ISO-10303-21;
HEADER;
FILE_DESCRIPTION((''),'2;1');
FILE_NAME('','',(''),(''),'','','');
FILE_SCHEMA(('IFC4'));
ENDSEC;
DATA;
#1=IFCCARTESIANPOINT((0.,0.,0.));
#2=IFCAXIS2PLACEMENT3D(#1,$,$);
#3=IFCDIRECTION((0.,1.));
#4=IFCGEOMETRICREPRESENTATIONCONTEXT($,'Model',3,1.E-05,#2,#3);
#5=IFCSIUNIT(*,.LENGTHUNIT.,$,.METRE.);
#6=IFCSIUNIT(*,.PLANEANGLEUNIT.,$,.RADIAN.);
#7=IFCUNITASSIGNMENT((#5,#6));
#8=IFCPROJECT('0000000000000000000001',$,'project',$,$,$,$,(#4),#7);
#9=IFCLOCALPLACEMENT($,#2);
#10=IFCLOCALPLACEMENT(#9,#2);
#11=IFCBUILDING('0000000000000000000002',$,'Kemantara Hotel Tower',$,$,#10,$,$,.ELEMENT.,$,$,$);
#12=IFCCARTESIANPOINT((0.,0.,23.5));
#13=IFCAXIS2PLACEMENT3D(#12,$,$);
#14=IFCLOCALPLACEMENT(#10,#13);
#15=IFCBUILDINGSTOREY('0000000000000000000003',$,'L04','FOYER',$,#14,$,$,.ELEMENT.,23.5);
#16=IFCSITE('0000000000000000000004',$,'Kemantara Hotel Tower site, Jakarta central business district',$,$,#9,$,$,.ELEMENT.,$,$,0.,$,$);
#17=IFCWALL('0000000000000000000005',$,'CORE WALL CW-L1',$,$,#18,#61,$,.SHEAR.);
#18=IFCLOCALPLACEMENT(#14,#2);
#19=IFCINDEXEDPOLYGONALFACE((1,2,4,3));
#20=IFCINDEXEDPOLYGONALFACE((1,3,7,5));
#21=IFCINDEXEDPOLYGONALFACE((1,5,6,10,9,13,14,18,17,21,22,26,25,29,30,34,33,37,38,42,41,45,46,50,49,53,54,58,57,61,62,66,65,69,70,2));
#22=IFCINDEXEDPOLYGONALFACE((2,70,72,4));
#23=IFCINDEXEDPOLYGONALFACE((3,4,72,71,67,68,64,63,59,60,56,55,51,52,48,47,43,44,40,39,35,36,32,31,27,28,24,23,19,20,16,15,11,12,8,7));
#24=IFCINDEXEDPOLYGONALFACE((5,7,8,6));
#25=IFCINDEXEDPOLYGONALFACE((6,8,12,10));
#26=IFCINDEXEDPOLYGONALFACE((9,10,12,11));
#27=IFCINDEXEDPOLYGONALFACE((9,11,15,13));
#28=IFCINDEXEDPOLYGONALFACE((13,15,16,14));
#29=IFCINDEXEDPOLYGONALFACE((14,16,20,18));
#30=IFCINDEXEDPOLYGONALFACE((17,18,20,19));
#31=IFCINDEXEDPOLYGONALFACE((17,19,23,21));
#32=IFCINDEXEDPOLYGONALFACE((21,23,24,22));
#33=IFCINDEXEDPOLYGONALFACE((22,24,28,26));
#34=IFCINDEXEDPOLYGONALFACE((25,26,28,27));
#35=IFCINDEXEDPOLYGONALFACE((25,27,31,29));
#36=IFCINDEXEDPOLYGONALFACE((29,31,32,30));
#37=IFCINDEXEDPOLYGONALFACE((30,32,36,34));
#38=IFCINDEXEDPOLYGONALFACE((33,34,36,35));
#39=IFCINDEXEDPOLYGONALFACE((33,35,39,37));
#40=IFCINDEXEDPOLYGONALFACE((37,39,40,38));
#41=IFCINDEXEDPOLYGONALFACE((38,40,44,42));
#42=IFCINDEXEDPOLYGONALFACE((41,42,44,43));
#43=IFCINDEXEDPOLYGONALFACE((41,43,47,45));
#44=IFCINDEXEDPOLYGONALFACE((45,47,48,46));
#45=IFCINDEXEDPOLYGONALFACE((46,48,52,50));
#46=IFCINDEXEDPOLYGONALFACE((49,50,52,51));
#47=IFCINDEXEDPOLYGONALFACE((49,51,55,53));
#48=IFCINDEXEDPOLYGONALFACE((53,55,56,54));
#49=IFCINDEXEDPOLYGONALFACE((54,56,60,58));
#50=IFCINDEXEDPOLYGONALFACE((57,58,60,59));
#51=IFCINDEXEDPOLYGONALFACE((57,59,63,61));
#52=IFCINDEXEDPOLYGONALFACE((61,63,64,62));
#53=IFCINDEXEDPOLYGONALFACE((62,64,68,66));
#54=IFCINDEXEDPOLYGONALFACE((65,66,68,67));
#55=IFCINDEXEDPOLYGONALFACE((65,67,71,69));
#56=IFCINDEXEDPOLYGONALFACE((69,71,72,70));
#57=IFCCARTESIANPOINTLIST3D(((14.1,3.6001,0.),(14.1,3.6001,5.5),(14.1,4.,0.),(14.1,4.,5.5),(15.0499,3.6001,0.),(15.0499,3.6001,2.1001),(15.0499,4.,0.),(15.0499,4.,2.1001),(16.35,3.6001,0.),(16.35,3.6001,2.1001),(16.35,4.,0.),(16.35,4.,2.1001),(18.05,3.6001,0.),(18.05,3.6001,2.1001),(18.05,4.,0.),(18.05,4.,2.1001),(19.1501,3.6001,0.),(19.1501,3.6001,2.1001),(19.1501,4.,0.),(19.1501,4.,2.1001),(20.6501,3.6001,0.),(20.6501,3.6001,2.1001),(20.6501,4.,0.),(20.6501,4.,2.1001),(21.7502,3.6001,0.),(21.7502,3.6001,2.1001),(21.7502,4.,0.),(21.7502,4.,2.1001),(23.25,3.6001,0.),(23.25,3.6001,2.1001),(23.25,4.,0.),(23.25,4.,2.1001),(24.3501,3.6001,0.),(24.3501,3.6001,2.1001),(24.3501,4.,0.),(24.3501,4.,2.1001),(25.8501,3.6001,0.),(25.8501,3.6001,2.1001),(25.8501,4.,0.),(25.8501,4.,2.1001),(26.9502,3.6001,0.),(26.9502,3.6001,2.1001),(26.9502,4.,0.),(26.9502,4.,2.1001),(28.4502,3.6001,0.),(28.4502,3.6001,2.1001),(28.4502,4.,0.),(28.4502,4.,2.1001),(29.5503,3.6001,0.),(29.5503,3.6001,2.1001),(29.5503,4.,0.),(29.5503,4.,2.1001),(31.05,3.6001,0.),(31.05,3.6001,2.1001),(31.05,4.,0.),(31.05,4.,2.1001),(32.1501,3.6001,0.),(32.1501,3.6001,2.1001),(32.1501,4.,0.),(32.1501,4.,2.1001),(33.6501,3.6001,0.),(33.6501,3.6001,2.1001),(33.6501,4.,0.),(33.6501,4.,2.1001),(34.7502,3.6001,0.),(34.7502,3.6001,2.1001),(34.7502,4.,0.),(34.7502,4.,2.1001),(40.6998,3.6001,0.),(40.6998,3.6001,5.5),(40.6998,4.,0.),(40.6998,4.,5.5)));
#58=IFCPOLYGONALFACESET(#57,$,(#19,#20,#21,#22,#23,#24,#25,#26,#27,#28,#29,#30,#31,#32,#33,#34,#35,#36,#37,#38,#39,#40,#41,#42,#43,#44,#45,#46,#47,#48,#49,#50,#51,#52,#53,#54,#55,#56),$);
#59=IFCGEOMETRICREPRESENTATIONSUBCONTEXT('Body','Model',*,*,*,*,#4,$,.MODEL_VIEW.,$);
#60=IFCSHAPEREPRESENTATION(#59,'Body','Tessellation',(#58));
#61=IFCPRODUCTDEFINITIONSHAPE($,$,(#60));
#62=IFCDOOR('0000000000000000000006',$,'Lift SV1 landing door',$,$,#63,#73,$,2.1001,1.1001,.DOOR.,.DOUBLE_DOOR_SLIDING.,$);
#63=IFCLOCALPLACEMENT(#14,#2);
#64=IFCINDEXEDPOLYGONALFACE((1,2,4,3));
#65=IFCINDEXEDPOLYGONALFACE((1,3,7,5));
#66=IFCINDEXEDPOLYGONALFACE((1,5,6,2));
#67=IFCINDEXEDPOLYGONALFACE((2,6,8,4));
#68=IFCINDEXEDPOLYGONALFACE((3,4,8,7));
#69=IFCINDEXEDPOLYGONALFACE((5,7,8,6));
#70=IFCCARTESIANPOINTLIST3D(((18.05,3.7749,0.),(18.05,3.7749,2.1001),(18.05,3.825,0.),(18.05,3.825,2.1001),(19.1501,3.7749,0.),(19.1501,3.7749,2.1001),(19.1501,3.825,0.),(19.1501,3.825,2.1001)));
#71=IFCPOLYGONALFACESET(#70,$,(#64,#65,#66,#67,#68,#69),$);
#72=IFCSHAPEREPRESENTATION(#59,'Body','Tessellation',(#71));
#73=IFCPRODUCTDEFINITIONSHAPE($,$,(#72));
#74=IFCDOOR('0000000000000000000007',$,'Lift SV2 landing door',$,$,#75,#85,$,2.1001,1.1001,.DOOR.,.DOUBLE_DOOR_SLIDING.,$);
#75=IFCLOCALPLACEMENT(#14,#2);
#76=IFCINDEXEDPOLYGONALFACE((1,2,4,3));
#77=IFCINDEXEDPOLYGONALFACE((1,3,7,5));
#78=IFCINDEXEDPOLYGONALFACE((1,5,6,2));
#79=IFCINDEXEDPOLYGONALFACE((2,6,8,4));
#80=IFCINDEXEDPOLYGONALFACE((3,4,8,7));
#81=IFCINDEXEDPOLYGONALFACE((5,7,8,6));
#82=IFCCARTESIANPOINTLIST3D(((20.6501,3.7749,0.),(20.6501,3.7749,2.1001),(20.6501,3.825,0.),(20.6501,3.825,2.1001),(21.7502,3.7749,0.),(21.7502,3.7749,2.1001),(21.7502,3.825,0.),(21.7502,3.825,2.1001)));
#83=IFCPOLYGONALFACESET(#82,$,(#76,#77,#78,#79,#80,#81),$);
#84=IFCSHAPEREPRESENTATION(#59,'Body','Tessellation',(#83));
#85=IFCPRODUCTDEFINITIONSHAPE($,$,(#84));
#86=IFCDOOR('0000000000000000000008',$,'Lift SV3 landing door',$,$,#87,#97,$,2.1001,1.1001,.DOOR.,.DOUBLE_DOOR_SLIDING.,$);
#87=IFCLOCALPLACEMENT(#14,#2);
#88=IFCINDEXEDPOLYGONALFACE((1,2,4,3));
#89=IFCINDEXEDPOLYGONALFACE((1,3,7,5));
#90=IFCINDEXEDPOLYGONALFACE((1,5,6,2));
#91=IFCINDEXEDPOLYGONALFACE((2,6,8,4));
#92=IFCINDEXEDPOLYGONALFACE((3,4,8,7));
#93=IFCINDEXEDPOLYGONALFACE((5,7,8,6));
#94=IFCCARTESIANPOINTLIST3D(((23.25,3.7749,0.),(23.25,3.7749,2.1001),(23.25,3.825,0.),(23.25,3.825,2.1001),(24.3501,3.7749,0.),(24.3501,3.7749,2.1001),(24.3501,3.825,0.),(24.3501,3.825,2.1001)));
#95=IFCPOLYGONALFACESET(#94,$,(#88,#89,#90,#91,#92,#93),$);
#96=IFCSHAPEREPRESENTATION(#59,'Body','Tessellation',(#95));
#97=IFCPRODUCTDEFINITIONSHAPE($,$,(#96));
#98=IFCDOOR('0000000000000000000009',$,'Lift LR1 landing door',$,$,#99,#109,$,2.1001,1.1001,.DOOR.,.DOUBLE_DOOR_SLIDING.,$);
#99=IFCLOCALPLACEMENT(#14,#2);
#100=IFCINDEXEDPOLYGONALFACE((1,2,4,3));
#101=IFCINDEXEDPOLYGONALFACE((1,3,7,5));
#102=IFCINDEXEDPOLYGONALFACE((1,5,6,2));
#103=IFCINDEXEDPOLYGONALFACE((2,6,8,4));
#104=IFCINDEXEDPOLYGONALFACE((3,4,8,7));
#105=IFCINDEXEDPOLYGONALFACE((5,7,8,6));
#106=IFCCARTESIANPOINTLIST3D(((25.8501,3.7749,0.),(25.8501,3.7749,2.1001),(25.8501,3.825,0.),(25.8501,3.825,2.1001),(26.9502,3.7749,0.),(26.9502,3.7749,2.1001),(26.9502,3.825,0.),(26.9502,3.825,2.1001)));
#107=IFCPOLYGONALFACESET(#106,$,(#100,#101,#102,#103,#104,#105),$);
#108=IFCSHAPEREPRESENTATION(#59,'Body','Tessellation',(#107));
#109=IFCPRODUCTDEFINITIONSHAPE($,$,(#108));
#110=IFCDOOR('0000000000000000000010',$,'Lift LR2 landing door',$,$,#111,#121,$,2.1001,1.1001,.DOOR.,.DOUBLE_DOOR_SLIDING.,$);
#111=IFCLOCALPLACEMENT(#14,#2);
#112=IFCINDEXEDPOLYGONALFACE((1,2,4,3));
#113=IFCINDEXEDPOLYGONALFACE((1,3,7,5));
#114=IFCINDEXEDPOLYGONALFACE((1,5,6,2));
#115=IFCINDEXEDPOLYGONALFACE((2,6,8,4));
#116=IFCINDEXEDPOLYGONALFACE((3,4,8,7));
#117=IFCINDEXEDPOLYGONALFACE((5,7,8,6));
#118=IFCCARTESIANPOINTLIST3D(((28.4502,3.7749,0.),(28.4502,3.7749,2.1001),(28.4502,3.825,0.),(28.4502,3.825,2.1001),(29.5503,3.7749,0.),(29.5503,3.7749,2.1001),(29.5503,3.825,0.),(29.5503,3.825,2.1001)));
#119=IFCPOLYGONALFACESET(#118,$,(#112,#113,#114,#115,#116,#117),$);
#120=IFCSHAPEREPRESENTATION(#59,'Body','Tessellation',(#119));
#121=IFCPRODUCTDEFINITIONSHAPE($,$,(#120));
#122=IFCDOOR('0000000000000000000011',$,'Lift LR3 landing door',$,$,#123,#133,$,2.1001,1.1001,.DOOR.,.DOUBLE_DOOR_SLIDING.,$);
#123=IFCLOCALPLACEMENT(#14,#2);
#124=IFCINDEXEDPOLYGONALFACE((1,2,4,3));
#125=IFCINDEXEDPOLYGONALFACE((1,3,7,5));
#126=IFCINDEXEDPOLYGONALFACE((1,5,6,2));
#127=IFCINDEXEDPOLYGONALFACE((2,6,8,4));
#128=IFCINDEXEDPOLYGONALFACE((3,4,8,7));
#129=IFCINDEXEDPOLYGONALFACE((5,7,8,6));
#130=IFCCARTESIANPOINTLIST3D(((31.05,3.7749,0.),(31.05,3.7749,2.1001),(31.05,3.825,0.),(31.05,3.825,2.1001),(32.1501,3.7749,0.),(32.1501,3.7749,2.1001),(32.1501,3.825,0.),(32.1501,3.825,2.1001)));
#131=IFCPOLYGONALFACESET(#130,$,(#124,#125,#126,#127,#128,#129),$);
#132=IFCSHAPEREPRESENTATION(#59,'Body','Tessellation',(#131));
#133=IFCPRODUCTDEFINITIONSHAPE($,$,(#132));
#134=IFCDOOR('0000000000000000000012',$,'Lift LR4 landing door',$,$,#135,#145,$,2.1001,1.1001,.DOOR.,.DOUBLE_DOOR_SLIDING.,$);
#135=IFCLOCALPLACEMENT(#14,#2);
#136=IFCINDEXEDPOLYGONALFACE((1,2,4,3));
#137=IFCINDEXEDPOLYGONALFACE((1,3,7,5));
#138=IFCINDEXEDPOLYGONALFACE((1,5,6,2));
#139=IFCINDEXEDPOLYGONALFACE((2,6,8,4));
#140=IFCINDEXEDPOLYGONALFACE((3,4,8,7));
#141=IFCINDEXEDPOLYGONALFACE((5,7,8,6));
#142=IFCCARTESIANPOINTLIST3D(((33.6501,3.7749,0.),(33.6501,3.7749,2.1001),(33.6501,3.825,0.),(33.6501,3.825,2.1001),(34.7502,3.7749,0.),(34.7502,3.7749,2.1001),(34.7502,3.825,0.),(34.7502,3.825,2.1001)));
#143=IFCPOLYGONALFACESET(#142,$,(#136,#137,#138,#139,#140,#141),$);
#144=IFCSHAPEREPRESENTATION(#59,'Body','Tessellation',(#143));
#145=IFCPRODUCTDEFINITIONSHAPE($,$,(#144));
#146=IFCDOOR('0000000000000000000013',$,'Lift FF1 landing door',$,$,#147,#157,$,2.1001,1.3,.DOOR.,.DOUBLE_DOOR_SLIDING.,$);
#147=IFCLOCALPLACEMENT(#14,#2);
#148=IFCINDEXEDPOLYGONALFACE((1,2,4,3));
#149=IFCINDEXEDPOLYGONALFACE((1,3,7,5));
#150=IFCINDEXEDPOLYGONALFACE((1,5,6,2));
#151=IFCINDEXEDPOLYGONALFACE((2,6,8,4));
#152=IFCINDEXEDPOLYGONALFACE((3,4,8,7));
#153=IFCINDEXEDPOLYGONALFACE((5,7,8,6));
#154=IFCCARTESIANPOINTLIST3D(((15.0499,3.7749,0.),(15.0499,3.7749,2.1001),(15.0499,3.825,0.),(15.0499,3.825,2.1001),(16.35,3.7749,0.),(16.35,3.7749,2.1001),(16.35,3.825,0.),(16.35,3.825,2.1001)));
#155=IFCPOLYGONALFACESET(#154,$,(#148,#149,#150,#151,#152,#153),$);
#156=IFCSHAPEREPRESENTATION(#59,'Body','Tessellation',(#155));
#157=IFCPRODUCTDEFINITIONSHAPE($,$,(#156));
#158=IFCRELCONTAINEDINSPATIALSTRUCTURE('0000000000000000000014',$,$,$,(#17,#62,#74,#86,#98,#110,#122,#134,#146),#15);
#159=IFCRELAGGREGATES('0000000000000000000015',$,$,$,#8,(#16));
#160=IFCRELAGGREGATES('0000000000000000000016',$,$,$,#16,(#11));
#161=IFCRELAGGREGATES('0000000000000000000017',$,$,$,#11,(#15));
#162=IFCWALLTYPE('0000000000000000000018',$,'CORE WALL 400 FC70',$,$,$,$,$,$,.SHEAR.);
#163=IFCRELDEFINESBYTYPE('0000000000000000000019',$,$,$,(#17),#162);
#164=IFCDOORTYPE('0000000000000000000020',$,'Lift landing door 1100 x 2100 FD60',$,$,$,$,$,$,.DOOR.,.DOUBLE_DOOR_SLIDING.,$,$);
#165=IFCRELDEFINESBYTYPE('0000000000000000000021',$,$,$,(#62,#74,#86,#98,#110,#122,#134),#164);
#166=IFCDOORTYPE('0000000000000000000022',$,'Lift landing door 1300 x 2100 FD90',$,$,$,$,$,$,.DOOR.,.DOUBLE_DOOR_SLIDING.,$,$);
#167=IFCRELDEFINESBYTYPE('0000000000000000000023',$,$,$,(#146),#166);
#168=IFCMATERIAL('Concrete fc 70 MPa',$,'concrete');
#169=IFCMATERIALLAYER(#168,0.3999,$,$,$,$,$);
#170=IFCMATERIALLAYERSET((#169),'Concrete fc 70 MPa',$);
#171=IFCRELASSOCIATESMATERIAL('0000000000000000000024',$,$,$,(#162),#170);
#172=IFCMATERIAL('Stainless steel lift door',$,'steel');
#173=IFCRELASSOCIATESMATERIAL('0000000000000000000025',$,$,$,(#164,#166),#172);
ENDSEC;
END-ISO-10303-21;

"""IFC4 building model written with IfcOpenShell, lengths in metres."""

from ifc_helpers import new_model, si_unit, direction, frame, frame_2d, origin, place, context, subcontext, project, spatial, rectangle, extrude, material, layer, layer_set, type_object, element, fill, save


model = new_model("IFC4")

# Units and contexts
model_context = context("Model", 3, precision=1e-05, world=origin(), true_north=direction((0.0, 1.0)))
body_context = subcontext(model_context, "Body", "Model", "MODEL_VIEW")
ifc_project = project(units=[si_unit("LENGTHUNIT", "METRE"), si_unit("PLANEANGLEUNIT", "RADIAN")], contexts=[model_context])

# Site, building, storey
site_placement = place(None, origin())
site = spatial("IfcSite", under=ifc_project, at=site_placement, Name="Kemantara Hotel Tower site, Jakarta central business district", CompositionType="ELEMENT", RefElevation=0.0)
building_placement = place(site_placement, origin())
building = spatial("IfcBuilding", under=site, at=building_placement, Name="Kemantara Hotel Tower", CompositionType="ELEMENT")
storey_placement = place(building_placement, frame((0.0, 0.0, 23.5)))
storey = spatial("IfcBuildingStorey", under=building, at=storey_placement, Name="L04", Description="FOYER", CompositionType="ELEMENT", Elevation=23.5)

# Shared definitions
ifc_material_1 = material(Name="Concrete fc 70 MPa", Category="concrete")

# Wall, openings, doors
ifc_layer_1 = layer(ifc_material_1, 0.3999)
ifc_layer_set_1 = layer_set([ifc_layer_1], Name="Concrete fc 70 MPa")
wall_type_1 = type_object("IfcWallType", Name="CORE WALL 400 FC70", PredefinedType="SHEAR", material=ifc_layer_set_1)
wall_1_placement = place(storey_placement, frame((14.1001, 3.8, 0.0), z_axis=(0.0, 0.0, 1.0), x_axis=(1.0, 0.0, 0.0)))
wall_1 = element("IfcWall", 1, at=wall_1_placement, inside=storey, type_object=wall_type_1, Name="CORE WALL CW-L1", PredefinedType="SHEAR", context=body_context, shape_type="SweptSolid", body=[
    extrude(rectangle(XDim=26.5999, YDim=0.3999, at=frame_2d((13.2998, 0.0))), origin(), (0.0, 0.0, 1.0), 5.5),
])
opening_1_placement = place(wall_1_placement, frame((0.95, 0.0, 0.0)))
opening_1 = element("IfcOpeningElement", 2, at=opening_1_placement, cuts=wall_1, PredefinedType="OPENING", context=body_context, shape_type="SweptSolid", body=[
    extrude(rectangle(XDim=1.3, YDim=2.1001, at=frame_2d((0.6499, 1.05))), frame((0.0, 0.21, 0.0), z_axis=(0.0, -1.0, 0.0), x_axis=(1.0, 0.0, 0.0)), (0.0, 0.0, 1.0), 0.4199),
])
opening_2_placement = place(wall_1_placement, frame((3.95, 0.0, 0.0)))
opening_2 = element("IfcOpeningElement", 3, at=opening_2_placement, cuts=wall_1, PredefinedType="OPENING", context=body_context, shape_type="SweptSolid", body=[
    extrude(rectangle(XDim=1.1001, YDim=2.1001, at=frame_2d((0.55, 1.05))), frame((0.0, 0.21, 0.0), z_axis=(0.0, -1.0, 0.0), x_axis=(1.0, 0.0, 0.0)), (0.0, 0.0, 1.0), 0.4199),
])
opening_3_placement = place(wall_1_placement, frame((6.55, 0.0, 0.0)))
opening_3 = element("IfcOpeningElement", 4, at=opening_3_placement, cuts=wall_1, PredefinedType="OPENING", context=body_context, shape_type="SweptSolid", body=[
    extrude(rectangle(XDim=1.1001, YDim=2.1001, at=frame_2d((0.55, 1.05))), frame((0.0, 0.21, 0.0), z_axis=(0.0, -1.0, 0.0), x_axis=(1.0, 0.0, 0.0)), (0.0, 0.0, 1.0), 0.4199),
])
opening_4_placement = place(wall_1_placement, frame((9.1499, 0.0, 0.0)))
opening_4 = element("IfcOpeningElement", 5, at=opening_4_placement, cuts=wall_1, PredefinedType="OPENING", context=body_context, shape_type="SweptSolid", body=[
    extrude(rectangle(XDim=1.1001, YDim=2.1001, at=frame_2d((0.55, 1.05))), frame((0.0, 0.21, 0.0), z_axis=(0.0, -1.0, 0.0), x_axis=(1.0, 0.0, 0.0)), (0.0, 0.0, 1.0), 0.4199),
])
opening_5_placement = place(wall_1_placement, frame((11.75, 0.0, 0.0)))
opening_5 = element("IfcOpeningElement", 6, at=opening_5_placement, cuts=wall_1, PredefinedType="OPENING", context=body_context, shape_type="SweptSolid", body=[
    extrude(rectangle(XDim=1.1001, YDim=2.1001, at=frame_2d((0.55, 1.05))), frame((0.0, 0.21, 0.0), z_axis=(0.0, -1.0, 0.0), x_axis=(1.0, 0.0, 0.0)), (0.0, 0.0, 1.0), 0.4199),
])
opening_6_placement = place(wall_1_placement, frame((14.3501, 0.0, 0.0)))
opening_6 = element("IfcOpeningElement", 7, at=opening_6_placement, cuts=wall_1, PredefinedType="OPENING", context=body_context, shape_type="SweptSolid", body=[
    extrude(rectangle(XDim=1.1001, YDim=2.1001, at=frame_2d((0.55, 1.05))), frame((0.0, 0.21, 0.0), z_axis=(0.0, -1.0, 0.0), x_axis=(1.0, 0.0, 0.0)), (0.0, 0.0, 1.0), 0.4199),
])
opening_7_placement = place(wall_1_placement, frame((16.95, 0.0, 0.0)))
opening_7 = element("IfcOpeningElement", 8, at=opening_7_placement, cuts=wall_1, PredefinedType="OPENING", context=body_context, shape_type="SweptSolid", body=[
    extrude(rectangle(XDim=1.1001, YDim=2.1001, at=frame_2d((0.55, 1.05))), frame((0.0, 0.21, 0.0), z_axis=(0.0, -1.0, 0.0), x_axis=(1.0, 0.0, 0.0)), (0.0, 0.0, 1.0), 0.4199),
])
opening_8_placement = place(wall_1_placement, frame((19.55, 0.0, 0.0)))
opening_8 = element("IfcOpeningElement", 9, at=opening_8_placement, cuts=wall_1, PredefinedType="OPENING", context=body_context, shape_type="SweptSolid", body=[
    extrude(rectangle(XDim=1.1001, YDim=2.1001, at=frame_2d((0.55, 1.05))), frame((0.0, 0.21, 0.0), z_axis=(0.0, -1.0, 0.0), x_axis=(1.0, 0.0, 0.0)), (0.0, 0.0, 1.0), 0.4199),
])
ifc_material_2 = material(Name="Stainless steel lift door", Category="steel")
door_type_1 = type_object("IfcDoorType", Name="Lift landing door 1100 x 2100 FD60", OperationType="DOUBLE_DOOR_SLIDING", PredefinedType="DOOR", material=ifc_material_2)
door_1_placement = place(opening_2_placement, origin())
door_1 = element("IfcDoor", 10, at=door_1_placement, inside=storey, type_object=door_type_1, Name="Lift SV1 landing door", OperationType="DOUBLE_DOOR_SLIDING", OverallHeight=2.1001, OverallWidth=1.1001, PredefinedType="DOOR", context=body_context, shape_type="SweptSolid", body=[
    extrude(rectangle(XDim=1.1001, YDim=2.1001, at=frame_2d((0.55, 1.05))), frame((0.0, 0.0249, 0.0), z_axis=(0.0, -1.0, 0.0), x_axis=(1.0, 0.0, 0.0)), (0.0, 0.0, 1.0), 0.05),
])
fill(opening_2, door_1)
door_2_placement = place(opening_3_placement, origin())
door_2 = element("IfcDoor", 11, at=door_2_placement, inside=storey, type_object=door_type_1, Name="Lift SV2 landing door", OperationType="DOUBLE_DOOR_SLIDING", OverallHeight=2.1001, OverallWidth=1.1001, PredefinedType="DOOR", context=body_context, shape_type="SweptSolid", body=[
    extrude(rectangle(XDim=1.1001, YDim=2.1001, at=frame_2d((0.55, 1.05))), frame((0.0, 0.0249, 0.0), z_axis=(0.0, -1.0, 0.0), x_axis=(1.0, 0.0, 0.0)), (0.0, 0.0, 1.0), 0.05),
])
fill(opening_3, door_2)
door_3_placement = place(opening_4_placement, origin())
door_3 = element("IfcDoor", 12, at=door_3_placement, inside=storey, type_object=door_type_1, Name="Lift SV3 landing door", OperationType="DOUBLE_DOOR_SLIDING", OverallHeight=2.1001, OverallWidth=1.1001, PredefinedType="DOOR", context=body_context, shape_type="SweptSolid", body=[
    extrude(rectangle(XDim=1.1001, YDim=2.1001, at=frame_2d((0.55, 1.05))), frame((0.0, 0.0249, 0.0), z_axis=(0.0, -1.0, 0.0), x_axis=(1.0, 0.0, 0.0)), (0.0, 0.0, 1.0), 0.05),
])
fill(opening_4, door_3)
door_4_placement = place(opening_5_placement, origin())
door_4 = element("IfcDoor", 13, at=door_4_placement, inside=storey, type_object=door_type_1, Name="Lift LR1 landing door", OperationType="DOUBLE_DOOR_SLIDING", OverallHeight=2.1001, OverallWidth=1.1001, PredefinedType="DOOR", context=body_context, shape_type="SweptSolid", body=[
    extrude(rectangle(XDim=1.1001, YDim=2.1001, at=frame_2d((0.55, 1.05))), frame((0.0, 0.0249, 0.0), z_axis=(0.0, -1.0, 0.0), x_axis=(1.0, 0.0, 0.0)), (0.0, 0.0, 1.0), 0.05),
])
fill(opening_5, door_4)
door_5_placement = place(opening_6_placement, origin())
door_5 = element("IfcDoor", 14, at=door_5_placement, inside=storey, type_object=door_type_1, Name="Lift LR2 landing door", OperationType="DOUBLE_DOOR_SLIDING", OverallHeight=2.1001, OverallWidth=1.1001, PredefinedType="DOOR", context=body_context, shape_type="SweptSolid", body=[
    extrude(rectangle(XDim=1.1001, YDim=2.1001, at=frame_2d((0.55, 1.05))), frame((0.0, 0.0249, 0.0), z_axis=(0.0, -1.0, 0.0), x_axis=(1.0, 0.0, 0.0)), (0.0, 0.0, 1.0), 0.05),
])
fill(opening_6, door_5)
door_6_placement = place(opening_7_placement, origin())
door_6 = element("IfcDoor", 15, at=door_6_placement, inside=storey, type_object=door_type_1, Name="Lift LR3 landing door", OperationType="DOUBLE_DOOR_SLIDING", OverallHeight=2.1001, OverallWidth=1.1001, PredefinedType="DOOR", context=body_context, shape_type="SweptSolid", body=[
    extrude(rectangle(XDim=1.1001, YDim=2.1001, at=frame_2d((0.55, 1.05))), frame((0.0, 0.0249, 0.0), z_axis=(0.0, -1.0, 0.0), x_axis=(1.0, 0.0, 0.0)), (0.0, 0.0, 1.0), 0.05),
])
fill(opening_7, door_6)
door_7_placement = place(opening_8_placement, origin())
door_7 = element("IfcDoor", 16, at=door_7_placement, inside=storey, type_object=door_type_1, Name="Lift LR4 landing door", OperationType="DOUBLE_DOOR_SLIDING", OverallHeight=2.1001, OverallWidth=1.1001, PredefinedType="DOOR", context=body_context, shape_type="SweptSolid", body=[
    extrude(rectangle(XDim=1.1001, YDim=2.1001, at=frame_2d((0.55, 1.05))), frame((0.0, 0.0249, 0.0), z_axis=(0.0, -1.0, 0.0), x_axis=(1.0, 0.0, 0.0)), (0.0, 0.0, 1.0), 0.05),
])
fill(opening_8, door_7)
door_type_2 = type_object("IfcDoorType", Name="Lift landing door 1300 x 2100 FD90", OperationType="DOUBLE_DOOR_SLIDING", PredefinedType="DOOR", material=ifc_material_2)
door_8_placement = place(opening_1_placement, origin())
door_8 = element("IfcDoor", 17, at=door_8_placement, inside=storey, type_object=door_type_2, Name="Lift FF1 landing door", OperationType="DOUBLE_DOOR_SLIDING", OverallHeight=2.1001, OverallWidth=1.3, PredefinedType="DOOR", context=body_context, shape_type="SweptSolid", body=[
    extrude(rectangle(XDim=1.3, YDim=2.1001, at=frame_2d((0.6499, 1.05))), frame((0.0, 0.0249, 0.0), z_axis=(0.0, -1.0, 0.0), x_axis=(1.0, 0.0, 0.0)), (0.0, 0.0, 1.0), 0.05),
])
fill(opening_1, door_8)

save(model, "model.ifc")
